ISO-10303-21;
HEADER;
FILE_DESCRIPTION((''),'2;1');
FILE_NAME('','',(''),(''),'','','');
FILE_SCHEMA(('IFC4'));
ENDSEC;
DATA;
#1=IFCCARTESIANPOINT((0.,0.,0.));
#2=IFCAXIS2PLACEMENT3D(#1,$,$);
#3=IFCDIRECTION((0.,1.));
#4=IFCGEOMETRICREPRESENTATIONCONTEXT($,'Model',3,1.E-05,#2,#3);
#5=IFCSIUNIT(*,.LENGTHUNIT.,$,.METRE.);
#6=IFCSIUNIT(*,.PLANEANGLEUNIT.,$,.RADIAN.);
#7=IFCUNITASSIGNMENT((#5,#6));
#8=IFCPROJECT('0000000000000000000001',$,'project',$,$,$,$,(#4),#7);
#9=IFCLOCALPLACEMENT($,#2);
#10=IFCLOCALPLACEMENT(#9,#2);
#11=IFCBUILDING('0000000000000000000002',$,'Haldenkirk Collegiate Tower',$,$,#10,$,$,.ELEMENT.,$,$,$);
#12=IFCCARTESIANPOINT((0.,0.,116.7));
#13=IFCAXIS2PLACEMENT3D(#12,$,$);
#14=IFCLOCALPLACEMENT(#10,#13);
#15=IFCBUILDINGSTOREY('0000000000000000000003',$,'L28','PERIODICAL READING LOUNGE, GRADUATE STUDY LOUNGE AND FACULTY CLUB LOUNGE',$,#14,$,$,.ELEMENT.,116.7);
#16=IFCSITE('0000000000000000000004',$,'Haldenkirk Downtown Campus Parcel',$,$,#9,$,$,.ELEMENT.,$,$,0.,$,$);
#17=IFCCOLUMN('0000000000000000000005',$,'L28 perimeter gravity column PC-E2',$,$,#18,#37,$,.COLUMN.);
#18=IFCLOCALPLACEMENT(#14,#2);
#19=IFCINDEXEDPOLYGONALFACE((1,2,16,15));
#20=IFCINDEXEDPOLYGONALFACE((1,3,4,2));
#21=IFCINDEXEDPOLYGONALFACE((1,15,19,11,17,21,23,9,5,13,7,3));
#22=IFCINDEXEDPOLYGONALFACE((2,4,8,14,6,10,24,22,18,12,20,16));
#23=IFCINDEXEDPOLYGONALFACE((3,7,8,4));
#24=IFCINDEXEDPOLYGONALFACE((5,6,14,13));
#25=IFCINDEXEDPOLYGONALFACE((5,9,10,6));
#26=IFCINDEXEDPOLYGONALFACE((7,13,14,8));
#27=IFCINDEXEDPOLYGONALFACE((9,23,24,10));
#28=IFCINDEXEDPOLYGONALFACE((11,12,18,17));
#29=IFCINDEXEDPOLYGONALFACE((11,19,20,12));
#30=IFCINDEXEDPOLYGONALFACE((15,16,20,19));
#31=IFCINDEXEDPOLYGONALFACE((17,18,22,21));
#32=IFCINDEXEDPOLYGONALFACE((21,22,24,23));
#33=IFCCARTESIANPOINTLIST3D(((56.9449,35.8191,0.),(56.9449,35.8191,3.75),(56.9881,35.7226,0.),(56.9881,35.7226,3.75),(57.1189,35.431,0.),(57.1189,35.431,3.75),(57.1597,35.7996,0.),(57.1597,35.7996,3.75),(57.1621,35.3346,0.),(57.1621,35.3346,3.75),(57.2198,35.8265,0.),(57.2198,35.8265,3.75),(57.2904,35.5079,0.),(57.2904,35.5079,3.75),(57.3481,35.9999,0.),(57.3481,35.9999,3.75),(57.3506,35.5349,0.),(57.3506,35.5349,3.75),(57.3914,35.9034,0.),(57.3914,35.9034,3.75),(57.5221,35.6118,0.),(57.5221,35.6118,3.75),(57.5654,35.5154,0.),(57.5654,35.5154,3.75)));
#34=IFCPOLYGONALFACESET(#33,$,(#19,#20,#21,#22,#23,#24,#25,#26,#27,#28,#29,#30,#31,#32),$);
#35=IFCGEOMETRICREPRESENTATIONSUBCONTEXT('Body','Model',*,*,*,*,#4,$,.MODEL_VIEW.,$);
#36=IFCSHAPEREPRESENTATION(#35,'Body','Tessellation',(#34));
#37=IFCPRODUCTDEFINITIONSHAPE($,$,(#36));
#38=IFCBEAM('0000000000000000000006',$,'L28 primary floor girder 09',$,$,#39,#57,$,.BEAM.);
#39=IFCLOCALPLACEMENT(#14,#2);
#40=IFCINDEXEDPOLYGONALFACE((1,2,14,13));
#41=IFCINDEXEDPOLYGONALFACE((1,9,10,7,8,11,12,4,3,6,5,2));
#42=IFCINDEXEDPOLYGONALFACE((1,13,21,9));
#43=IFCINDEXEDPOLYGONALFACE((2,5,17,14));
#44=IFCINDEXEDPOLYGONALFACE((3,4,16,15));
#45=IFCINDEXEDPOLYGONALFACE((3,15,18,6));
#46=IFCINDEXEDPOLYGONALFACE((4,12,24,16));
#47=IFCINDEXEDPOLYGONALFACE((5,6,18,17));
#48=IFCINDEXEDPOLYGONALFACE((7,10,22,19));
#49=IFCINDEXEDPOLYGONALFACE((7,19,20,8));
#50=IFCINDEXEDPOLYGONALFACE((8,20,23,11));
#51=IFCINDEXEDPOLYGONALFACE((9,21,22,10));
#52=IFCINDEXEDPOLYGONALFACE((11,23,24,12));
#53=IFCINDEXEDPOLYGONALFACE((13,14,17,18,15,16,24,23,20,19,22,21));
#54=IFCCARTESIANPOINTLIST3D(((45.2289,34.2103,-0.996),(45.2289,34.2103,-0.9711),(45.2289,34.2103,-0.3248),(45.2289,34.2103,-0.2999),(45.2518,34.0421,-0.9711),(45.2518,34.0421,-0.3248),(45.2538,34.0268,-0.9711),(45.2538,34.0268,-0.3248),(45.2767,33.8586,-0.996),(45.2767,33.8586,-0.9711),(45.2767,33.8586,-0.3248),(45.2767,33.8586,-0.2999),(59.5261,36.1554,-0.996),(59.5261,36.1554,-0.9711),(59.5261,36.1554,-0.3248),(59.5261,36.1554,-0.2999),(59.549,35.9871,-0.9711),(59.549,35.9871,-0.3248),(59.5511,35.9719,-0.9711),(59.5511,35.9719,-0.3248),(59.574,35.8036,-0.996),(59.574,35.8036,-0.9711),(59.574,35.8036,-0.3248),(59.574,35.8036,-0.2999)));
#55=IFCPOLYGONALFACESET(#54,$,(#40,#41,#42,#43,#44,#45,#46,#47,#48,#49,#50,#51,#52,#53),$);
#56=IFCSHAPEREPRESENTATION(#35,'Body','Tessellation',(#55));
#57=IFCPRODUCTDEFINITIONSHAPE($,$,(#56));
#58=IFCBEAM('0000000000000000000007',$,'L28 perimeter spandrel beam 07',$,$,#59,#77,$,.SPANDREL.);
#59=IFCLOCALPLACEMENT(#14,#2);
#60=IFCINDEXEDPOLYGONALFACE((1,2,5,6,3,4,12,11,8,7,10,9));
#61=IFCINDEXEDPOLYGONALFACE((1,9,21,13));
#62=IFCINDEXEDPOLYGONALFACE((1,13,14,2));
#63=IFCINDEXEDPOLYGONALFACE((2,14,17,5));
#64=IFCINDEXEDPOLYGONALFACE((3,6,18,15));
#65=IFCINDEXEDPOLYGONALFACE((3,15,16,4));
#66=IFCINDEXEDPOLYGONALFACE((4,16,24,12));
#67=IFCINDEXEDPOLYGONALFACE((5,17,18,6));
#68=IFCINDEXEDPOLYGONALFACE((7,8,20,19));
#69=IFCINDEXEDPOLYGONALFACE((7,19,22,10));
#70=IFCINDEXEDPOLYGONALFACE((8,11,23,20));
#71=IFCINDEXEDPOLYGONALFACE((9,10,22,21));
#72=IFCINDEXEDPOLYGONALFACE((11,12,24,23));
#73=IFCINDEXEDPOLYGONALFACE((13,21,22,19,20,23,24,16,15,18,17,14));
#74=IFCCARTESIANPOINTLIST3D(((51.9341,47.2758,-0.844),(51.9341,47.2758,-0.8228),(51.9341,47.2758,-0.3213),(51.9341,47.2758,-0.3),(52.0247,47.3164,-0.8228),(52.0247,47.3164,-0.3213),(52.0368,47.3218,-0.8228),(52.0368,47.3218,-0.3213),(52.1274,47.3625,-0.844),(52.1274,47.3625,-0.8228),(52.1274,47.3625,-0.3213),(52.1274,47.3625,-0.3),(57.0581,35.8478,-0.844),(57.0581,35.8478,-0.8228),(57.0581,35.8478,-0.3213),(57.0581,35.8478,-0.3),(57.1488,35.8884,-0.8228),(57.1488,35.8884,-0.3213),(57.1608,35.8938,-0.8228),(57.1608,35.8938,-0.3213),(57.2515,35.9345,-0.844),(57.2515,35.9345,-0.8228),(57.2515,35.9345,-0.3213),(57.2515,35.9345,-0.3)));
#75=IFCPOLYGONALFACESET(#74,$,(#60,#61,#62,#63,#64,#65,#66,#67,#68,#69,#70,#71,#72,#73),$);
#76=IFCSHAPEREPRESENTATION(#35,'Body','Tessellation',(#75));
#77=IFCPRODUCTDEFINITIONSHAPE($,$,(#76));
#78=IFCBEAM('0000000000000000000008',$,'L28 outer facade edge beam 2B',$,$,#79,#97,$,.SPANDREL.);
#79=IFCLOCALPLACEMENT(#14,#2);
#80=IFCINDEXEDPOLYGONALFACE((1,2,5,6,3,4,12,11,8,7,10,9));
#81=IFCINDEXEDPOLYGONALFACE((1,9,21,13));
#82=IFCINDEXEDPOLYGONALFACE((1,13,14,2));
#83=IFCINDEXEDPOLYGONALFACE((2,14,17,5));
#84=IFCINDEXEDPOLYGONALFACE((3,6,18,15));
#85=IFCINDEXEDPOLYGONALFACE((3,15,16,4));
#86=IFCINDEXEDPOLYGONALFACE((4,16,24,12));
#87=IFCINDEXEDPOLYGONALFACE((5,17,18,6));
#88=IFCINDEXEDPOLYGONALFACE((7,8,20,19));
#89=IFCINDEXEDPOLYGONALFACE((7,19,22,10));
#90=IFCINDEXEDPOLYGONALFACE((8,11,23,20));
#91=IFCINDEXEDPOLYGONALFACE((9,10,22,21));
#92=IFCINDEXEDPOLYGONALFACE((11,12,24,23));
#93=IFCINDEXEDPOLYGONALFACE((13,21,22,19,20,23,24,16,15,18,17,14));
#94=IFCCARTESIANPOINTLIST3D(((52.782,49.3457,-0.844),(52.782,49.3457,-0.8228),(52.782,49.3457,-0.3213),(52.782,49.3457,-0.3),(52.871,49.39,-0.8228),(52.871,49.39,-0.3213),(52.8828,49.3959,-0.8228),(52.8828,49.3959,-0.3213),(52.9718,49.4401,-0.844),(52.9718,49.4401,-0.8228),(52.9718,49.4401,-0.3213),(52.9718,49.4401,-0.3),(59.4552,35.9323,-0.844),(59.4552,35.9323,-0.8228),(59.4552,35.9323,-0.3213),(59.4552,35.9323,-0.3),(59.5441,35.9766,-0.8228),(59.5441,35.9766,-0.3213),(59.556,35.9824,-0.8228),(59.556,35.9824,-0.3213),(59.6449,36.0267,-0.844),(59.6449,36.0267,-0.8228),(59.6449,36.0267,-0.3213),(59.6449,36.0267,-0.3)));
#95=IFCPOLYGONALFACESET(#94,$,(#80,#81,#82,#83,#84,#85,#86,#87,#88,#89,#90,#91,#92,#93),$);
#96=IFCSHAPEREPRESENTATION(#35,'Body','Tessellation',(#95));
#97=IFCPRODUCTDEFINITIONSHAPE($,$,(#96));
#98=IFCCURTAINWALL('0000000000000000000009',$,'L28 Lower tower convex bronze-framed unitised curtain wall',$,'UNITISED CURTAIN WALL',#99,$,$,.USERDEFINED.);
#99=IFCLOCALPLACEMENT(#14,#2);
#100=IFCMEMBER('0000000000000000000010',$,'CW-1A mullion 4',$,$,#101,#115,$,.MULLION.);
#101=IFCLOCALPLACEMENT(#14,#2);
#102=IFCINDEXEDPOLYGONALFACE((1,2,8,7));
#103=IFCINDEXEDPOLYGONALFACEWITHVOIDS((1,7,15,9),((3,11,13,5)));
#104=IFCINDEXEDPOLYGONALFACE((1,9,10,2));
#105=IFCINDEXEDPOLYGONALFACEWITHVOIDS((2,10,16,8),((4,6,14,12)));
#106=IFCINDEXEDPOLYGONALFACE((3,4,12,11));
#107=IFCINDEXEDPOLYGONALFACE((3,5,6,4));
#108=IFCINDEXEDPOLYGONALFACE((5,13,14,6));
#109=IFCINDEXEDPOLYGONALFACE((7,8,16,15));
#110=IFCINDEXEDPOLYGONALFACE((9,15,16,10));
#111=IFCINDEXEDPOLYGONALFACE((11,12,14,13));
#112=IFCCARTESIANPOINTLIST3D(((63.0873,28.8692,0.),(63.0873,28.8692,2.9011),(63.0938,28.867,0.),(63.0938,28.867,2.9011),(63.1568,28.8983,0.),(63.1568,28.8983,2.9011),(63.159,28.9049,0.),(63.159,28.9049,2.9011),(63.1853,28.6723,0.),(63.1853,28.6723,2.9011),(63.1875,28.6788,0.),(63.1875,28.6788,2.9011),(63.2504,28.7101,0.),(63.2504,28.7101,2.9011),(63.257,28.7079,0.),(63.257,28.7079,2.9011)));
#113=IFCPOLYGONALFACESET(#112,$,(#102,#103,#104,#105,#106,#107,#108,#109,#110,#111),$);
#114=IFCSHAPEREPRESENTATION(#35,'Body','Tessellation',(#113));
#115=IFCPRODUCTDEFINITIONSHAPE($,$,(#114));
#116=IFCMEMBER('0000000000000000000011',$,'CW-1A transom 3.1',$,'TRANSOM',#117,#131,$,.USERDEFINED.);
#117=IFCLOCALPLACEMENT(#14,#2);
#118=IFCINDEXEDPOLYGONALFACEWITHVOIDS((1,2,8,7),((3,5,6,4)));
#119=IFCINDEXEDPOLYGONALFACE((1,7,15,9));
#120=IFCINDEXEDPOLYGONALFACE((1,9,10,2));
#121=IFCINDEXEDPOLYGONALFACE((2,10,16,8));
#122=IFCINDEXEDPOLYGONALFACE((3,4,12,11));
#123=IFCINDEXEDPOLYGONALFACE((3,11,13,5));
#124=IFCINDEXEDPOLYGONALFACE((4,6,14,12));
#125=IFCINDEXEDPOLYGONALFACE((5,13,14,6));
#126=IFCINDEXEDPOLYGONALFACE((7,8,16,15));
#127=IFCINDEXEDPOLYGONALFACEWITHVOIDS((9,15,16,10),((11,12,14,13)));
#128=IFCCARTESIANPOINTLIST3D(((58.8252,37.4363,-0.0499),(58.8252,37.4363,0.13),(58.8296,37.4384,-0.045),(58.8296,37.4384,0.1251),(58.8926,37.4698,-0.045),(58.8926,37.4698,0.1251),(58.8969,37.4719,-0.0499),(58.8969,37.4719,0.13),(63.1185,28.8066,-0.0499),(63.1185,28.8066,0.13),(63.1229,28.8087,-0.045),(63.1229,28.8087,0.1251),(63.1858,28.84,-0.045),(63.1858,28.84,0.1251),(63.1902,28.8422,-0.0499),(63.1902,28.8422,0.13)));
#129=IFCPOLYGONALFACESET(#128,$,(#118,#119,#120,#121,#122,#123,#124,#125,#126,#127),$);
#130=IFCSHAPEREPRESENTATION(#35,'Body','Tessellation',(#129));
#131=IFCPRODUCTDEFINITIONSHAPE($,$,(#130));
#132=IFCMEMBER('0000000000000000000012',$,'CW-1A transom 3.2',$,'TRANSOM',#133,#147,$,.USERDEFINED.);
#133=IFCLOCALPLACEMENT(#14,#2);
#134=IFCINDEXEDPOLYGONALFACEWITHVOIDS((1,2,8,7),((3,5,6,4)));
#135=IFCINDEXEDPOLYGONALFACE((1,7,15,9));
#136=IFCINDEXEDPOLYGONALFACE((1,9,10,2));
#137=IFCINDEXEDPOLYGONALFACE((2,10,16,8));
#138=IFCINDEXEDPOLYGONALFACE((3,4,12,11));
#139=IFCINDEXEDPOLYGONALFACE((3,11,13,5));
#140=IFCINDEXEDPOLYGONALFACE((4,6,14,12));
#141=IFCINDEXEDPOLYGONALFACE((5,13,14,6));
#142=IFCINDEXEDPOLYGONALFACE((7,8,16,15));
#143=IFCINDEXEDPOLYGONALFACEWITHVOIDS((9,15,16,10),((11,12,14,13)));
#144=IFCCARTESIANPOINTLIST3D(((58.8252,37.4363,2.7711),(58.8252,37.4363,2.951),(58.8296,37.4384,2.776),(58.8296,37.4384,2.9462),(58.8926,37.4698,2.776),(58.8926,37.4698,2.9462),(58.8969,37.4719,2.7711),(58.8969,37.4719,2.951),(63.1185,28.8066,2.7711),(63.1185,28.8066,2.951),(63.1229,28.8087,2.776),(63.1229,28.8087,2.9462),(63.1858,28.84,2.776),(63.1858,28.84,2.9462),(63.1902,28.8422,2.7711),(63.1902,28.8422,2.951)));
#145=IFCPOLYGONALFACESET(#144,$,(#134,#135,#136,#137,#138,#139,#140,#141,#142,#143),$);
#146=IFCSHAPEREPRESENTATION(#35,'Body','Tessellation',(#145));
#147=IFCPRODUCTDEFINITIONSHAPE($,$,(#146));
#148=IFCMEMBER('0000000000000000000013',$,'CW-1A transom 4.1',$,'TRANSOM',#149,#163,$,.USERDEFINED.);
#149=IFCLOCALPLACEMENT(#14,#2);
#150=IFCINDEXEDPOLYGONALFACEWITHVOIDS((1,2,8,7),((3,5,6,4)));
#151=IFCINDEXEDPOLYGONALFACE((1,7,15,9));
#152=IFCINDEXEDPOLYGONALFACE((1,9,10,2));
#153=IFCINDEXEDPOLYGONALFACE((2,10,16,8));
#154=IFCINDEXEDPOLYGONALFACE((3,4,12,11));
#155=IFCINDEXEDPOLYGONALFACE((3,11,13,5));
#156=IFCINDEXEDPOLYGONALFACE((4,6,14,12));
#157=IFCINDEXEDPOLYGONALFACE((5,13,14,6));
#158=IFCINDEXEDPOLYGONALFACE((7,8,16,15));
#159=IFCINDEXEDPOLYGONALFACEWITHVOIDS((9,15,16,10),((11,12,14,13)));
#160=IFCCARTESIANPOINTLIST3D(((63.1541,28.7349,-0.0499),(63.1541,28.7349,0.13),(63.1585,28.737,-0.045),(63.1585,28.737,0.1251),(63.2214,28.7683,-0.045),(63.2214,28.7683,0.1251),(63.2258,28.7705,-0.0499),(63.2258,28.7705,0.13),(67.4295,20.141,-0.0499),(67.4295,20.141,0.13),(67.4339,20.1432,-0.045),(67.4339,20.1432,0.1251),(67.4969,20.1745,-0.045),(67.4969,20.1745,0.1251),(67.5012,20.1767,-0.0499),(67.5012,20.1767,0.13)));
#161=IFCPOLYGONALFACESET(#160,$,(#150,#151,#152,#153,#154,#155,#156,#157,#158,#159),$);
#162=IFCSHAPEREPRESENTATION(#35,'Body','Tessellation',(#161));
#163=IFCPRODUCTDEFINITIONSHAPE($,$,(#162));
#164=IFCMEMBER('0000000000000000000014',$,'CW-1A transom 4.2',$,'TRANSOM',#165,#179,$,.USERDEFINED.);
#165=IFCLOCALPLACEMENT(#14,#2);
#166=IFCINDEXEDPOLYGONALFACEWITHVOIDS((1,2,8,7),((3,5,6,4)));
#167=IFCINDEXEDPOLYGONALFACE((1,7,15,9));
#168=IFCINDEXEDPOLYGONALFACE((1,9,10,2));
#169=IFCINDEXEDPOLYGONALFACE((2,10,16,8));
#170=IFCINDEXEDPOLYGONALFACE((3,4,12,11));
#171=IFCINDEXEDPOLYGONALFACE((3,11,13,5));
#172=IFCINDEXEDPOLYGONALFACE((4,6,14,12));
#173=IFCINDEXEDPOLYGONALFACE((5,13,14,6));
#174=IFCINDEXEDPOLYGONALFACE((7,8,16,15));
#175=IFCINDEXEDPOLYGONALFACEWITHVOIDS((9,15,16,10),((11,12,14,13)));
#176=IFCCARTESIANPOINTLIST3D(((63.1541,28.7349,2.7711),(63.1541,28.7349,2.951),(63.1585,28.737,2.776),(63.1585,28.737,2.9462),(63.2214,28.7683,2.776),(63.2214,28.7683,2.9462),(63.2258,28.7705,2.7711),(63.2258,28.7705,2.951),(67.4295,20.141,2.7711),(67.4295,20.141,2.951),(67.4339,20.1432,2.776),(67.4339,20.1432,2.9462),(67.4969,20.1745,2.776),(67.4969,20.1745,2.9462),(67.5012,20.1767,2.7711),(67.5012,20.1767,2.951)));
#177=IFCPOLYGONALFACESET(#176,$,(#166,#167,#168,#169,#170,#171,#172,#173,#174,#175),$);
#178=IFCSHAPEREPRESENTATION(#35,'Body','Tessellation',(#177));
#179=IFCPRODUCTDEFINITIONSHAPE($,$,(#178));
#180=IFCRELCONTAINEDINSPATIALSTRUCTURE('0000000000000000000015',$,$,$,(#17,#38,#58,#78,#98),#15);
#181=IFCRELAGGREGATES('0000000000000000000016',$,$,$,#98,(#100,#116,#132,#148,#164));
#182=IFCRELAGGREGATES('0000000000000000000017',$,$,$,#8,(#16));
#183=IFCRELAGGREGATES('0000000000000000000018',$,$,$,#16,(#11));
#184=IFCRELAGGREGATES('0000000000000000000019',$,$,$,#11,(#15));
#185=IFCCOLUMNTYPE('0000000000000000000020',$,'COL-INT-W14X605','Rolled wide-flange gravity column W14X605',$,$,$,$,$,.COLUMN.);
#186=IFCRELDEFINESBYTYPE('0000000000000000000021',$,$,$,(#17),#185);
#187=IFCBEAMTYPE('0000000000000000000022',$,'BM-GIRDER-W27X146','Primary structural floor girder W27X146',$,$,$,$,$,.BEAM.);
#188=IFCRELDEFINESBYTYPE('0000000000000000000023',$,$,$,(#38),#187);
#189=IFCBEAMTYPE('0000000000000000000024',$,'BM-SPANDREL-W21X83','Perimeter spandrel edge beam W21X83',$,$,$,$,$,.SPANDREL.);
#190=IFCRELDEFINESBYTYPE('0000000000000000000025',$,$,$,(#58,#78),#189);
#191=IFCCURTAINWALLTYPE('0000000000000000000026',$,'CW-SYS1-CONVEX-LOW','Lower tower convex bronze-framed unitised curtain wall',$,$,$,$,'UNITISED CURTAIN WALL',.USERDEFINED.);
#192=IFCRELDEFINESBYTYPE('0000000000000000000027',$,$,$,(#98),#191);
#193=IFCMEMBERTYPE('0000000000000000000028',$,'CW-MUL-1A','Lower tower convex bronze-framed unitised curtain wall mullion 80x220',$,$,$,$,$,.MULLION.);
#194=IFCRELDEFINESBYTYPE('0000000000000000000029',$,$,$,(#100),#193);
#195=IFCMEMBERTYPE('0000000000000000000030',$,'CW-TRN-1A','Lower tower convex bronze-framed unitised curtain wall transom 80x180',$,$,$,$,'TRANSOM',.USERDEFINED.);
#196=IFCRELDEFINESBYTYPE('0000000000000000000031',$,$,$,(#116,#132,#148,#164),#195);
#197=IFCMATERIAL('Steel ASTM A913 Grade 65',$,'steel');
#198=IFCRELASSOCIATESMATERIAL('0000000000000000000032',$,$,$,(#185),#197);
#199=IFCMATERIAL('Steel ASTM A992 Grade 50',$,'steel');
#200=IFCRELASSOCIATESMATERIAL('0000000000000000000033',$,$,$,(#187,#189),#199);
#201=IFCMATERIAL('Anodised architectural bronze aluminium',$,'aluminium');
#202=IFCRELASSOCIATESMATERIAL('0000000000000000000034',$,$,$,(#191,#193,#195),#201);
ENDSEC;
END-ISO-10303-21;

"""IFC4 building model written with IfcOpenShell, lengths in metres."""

from ifc_helpers import new_model, si_unit, direction, frame, origin, origin_2d, place, context, subcontext, project, spatial, hollow_rectangle, i_section, extrude, material, material_profile, profile_set, type_object, element, aggregate, save


model = new_model("IFC4")

# Units and contexts
model_context = context("Model", 3, precision=1e-05, world=origin(), true_north=direction((0.0, 1.0)))
body_context = subcontext(model_context, "Body", "Model", "MODEL_VIEW")
ifc_project = project(units=[si_unit("LENGTHUNIT", "METRE"), si_unit("PLANEANGLEUNIT", "RADIAN")], contexts=[model_context])

# Site, building, storey
site_placement = place(None, origin())
site = spatial("IfcSite", under=ifc_project, at=site_placement, Name="Haldenkirk Downtown Campus Parcel", CompositionType="ELEMENT", RefElevation=0.0)
building_placement = place(site_placement, origin())
building = spatial("IfcBuilding", under=site, at=building_placement, Name="Haldenkirk Collegiate Tower", CompositionType="ELEMENT")
storey_placement = place(building_placement, frame((0.0, 0.0, 116.7)))
storey = spatial("IfcBuildingStorey", under=building, at=storey_placement, Name="L28", Description="PERIODICAL READING LOUNGE, GRADUATE STUDY LOUNGE AND FACULTY CLUB LOUNGE", CompositionType="ELEMENT", Elevation=116.7)

# Column
ifc_material_1 = material(Name="Steel ASTM A913 Grade 65", Category="steel")
ifc_material_profile_1 = material_profile(ifc_material_1, i_section(OverallWidth=0.4419, OverallDepth=0.531, WebThickness=0.0659, FlangeThickness=0.1057, at=origin_2d()), Name="W14X605")
ifc_profile_set_1 = profile_set([ifc_material_profile_1], Name="Steel ASTM A913 Grade 65")
column_type = type_object("IfcColumnType", Name="COL-INT-W14X605", Description="Rolled wide-flange gravity column W14X605", PredefinedType="COLUMN", material=ifc_profile_set_1)
column_placement = place(storey_placement, frame((57.2551, 35.6672, 0.0), z_axis=(0.0, 0.0, 1.0), x_axis=(0.912477, 0.409127, 0.0)))
element("IfcColumn", 1, at=column_placement, inside=storey, type_object=column_type, Name="L28 perimeter gravity column PC-E2", PredefinedType="COLUMN", context=body_context, shape_type="SweptSolid", body=[
    extrude(i_section(OverallWidth=0.4419, OverallDepth=0.531, WebThickness=0.0659, FlangeThickness=0.1057, at=origin_2d()), origin(), (0.0, 0.0, 1.0), 3.75),
])

# Beams
ifc_material_2 = material(Name="Steel ASTM A992 Grade 50", Category="steel")
ifc_material_profile_2 = material_profile(ifc_material_2, i_section(OverallWidth=0.355, OverallDepth=0.696, WebThickness=0.0154, FlangeThickness=0.0249, at=origin_2d()), Name="W27X146")
ifc_profile_set_2 = profile_set([ifc_material_profile_2], Name="Steel ASTM A992 Grade 50")
beam_type_1 = type_object("IfcBeamType", Name="BM-GIRDER-W27X146", Description="Primary structural floor girder W27X146", PredefinedType="BEAM", material=ifc_profile_set_2)
beam_1_placement = place(storey_placement, frame((59.55, 35.9795, -0.6479), z_axis=(-0.990873, -0.134802, 0.0), x_axis=(0.134802, -0.990873, 0.0)))
element("IfcBeam", 2, at=beam_1_placement, inside=storey, type_object=beam_type_1, Name="L28 primary floor girder 09", PredefinedType="BEAM", context=body_context, shape_type="SweptSolid", body=[
    extrude(i_section(OverallWidth=0.355, OverallDepth=0.696, WebThickness=0.0154, FlangeThickness=0.0249, at=origin_2d()), origin(), (0.0, 0.0, 1.0), 14.429),
])
ifc_material_profile_3 = material_profile(ifc_material_2, i_section(OverallWidth=0.2119, OverallDepth=0.5439, WebThickness=0.0132, FlangeThickness=0.0212, at=origin_2d()), Name="W21X83")
ifc_profile_set_3 = profile_set([ifc_material_profile_3], Name="Steel ASTM A992 Grade 50")
beam_type_2 = type_object("IfcBeamType", Name="BM-SPANDREL-W21X83", Description="Perimeter spandrel edge beam W21X83", PredefinedType="SPANDREL", material=ifc_profile_set_3)
beam_2_placement = place(storey_placement, frame((57.1548, 35.8911, -0.572), z_axis=(-0.409131, 0.912475, 0.0), x_axis=(-0.912475, -0.409131, 0.0)))
element("IfcBeam", 3, at=beam_2_placement, inside=storey, type_object=beam_type_2, Name="L28 perimeter spandrel beam 07", PredefinedType="SPANDREL", context=body_context, shape_type="SweptSolid", body=[
    extrude(i_section(OverallWidth=0.2119, OverallDepth=0.5439, WebThickness=0.0132, FlangeThickness=0.0212, at=origin_2d()), origin(), (0.0, 0.0, 1.0), 12.5242),
])
beam_3_placement = place(storey_placement, frame((59.55, 35.9795, -0.572), z_axis=(-0.44542, 0.895322, 0.0), x_axis=(-0.895322, -0.44542, 0.0)))
element("IfcBeam", 4, at=beam_3_placement, inside=storey, type_object=beam_type_2, Name="L28 outer facade edge beam 2B", PredefinedType="SPANDREL", context=body_context, shape_type="SweptSolid", body=[
    extrude(i_section(OverallWidth=0.2119, OverallDepth=0.5439, WebThickness=0.0132, FlangeThickness=0.0212, at=origin_2d()), origin(), (0.0, 0.0, 1.0), 14.9817),
])

# Curtain wall, members
ifc_material_3 = material(Name="Anodised architectural bronze aluminium", Category="aluminium")
curtain_wall_type = type_object("IfcCurtainWallType", Name="CW-SYS1-CONVEX-LOW", Description="Lower tower convex bronze-framed unitised curtain wall", ElementType="UNITISED CURTAIN WALL", PredefinedType="USERDEFINED", material=ifc_material_3)
curtain_wall_placement = place(storey_placement, origin())
curtain_wall = element("IfcCurtainWall", 5, at=curtain_wall_placement, inside=storey, type_object=curtain_wall_type, Name="L28 Lower tower convex bronze-framed unitised curtain wall", ObjectType="UNITISED CURTAIN WALL", PredefinedType="USERDEFINED")
ifc_material_profile_4 = material_profile(ifc_material_3, hollow_rectangle(XDim=0.0801, YDim=0.22, WallThickness=0.0049, at=origin_2d()), Name="CW-MUL-1A")
ifc_profile_set_4 = profile_set([ifc_material_profile_4], Name="Anodised architectural bronze aluminium")
member_type_1 = type_object("IfcMemberType", Name="CW-MUL-1A", Description="Lower tower convex bronze-framed unitised curtain wall mullion 80x220", PredefinedType="MULLION", material=ifc_profile_set_4)
member_1_placement = place(storey_placement, frame((63.1721, 28.7886, 0.0), z_axis=(0.0, 0.0, 1.0), x_axis=(0.895324, 0.445416, 0.0)))
member_1 = element("IfcMember", 6, at=member_1_placement, type_object=member_type_1, Name="CW-1A mullion 4", PredefinedType="MULLION", context=body_context, shape_type="SweptSolid", body=[
    extrude(hollow_rectangle(XDim=0.0801, YDim=0.22, WallThickness=0.0049, at=origin_2d()), origin(), (0.0, 0.0, 1.0), 2.9011),
])
ifc_material_profile_5 = material_profile(ifc_material_3, hollow_rectangle(XDim=0.0801, YDim=0.1799, WallThickness=0.0049, at=origin_2d()), Name="CW-TRN-1A")
ifc_profile_set_5 = profile_set([ifc_material_profile_5], Name="Anodised architectural bronze aluminium")
member_type_2 = type_object("IfcMemberType", Name="CW-TRN-1A", Description="Lower tower convex bronze-framed unitised curtain wall transom 80x180", ElementType="TRANSOM", PredefinedType="USERDEFINED", material=ifc_profile_set_5)
member_2_placement = place(storey_placement, frame((58.8611, 37.4541, 0.04), z_axis=(0.445419, -0.895322, 0.0), x_axis=(0.895322, 0.445419, 0.0)))
member_2 = element("IfcMember", 7, at=member_2_placement, type_object=member_type_2, Name="CW-1A transom 3.1", ObjectType="TRANSOM", PredefinedType="USERDEFINED", context=body_context, shape_type="SweptSolid", body=[
    extrude(hollow_rectangle(XDim=0.0801, YDim=0.1799, WallThickness=0.0049, at=origin_2d()), origin(), (0.0, 0.0, 1.0), 9.6387),
])
member_3_placement = place(storey_placement, frame((58.8611, 37.4541, 2.8611), z_axis=(0.445419, -0.895322, 0.0), x_axis=(0.895322, 0.445419, 0.0)))
member_3 = element("IfcMember", 8, at=member_3_placement, type_object=member_type_2, Name="CW-1A transom 3.2", ObjectType="TRANSOM", PredefinedType="USERDEFINED", context=body_context, shape_type="SweptSolid", body=[
    extrude(hollow_rectangle(XDim=0.0801, YDim=0.1799, WallThickness=0.0049, at=origin_2d()), origin(), (0.0, 0.0, 1.0), 9.6387),
])
member_4_placement = place(storey_placement, frame((63.1899, 28.7527, 0.04), z_axis=(0.445422, -0.895321, 0.0), x_axis=(0.895321, 0.445422, 0.0)))
member_4 = element("IfcMember", 9, at=member_4_placement, type_object=member_type_2, Name="CW-1A transom 4.1", ObjectType="TRANSOM", PredefinedType="USERDEFINED", context=body_context, shape_type="SweptSolid", body=[
    extrude(hollow_rectangle(XDim=0.0801, YDim=0.1799, WallThickness=0.0049, at=origin_2d()), origin(), (0.0, 0.0, 1.0), 9.5986),
])
member_5_placement = place(storey_placement, frame((63.1899, 28.7527, 2.8611), z_axis=(0.445422, -0.895321, 0.0), x_axis=(0.895321, 0.445422, 0.0)))
member_5 = element("IfcMember", 10, at=member_5_placement, type_object=member_type_2, Name="CW-1A transom 4.2", ObjectType="TRANSOM", PredefinedType="USERDEFINED", context=body_context, shape_type="SweptSolid", body=[
    extrude(hollow_rectangle(XDim=0.0801, YDim=0.1799, WallThickness=0.0049, at=origin_2d()), origin(), (0.0, 0.0, 1.0), 9.5986),
])

aggregate(curtain_wall, [member_1, member_2, member_3, member_4, member_5])

save(model, "model.ifc")
